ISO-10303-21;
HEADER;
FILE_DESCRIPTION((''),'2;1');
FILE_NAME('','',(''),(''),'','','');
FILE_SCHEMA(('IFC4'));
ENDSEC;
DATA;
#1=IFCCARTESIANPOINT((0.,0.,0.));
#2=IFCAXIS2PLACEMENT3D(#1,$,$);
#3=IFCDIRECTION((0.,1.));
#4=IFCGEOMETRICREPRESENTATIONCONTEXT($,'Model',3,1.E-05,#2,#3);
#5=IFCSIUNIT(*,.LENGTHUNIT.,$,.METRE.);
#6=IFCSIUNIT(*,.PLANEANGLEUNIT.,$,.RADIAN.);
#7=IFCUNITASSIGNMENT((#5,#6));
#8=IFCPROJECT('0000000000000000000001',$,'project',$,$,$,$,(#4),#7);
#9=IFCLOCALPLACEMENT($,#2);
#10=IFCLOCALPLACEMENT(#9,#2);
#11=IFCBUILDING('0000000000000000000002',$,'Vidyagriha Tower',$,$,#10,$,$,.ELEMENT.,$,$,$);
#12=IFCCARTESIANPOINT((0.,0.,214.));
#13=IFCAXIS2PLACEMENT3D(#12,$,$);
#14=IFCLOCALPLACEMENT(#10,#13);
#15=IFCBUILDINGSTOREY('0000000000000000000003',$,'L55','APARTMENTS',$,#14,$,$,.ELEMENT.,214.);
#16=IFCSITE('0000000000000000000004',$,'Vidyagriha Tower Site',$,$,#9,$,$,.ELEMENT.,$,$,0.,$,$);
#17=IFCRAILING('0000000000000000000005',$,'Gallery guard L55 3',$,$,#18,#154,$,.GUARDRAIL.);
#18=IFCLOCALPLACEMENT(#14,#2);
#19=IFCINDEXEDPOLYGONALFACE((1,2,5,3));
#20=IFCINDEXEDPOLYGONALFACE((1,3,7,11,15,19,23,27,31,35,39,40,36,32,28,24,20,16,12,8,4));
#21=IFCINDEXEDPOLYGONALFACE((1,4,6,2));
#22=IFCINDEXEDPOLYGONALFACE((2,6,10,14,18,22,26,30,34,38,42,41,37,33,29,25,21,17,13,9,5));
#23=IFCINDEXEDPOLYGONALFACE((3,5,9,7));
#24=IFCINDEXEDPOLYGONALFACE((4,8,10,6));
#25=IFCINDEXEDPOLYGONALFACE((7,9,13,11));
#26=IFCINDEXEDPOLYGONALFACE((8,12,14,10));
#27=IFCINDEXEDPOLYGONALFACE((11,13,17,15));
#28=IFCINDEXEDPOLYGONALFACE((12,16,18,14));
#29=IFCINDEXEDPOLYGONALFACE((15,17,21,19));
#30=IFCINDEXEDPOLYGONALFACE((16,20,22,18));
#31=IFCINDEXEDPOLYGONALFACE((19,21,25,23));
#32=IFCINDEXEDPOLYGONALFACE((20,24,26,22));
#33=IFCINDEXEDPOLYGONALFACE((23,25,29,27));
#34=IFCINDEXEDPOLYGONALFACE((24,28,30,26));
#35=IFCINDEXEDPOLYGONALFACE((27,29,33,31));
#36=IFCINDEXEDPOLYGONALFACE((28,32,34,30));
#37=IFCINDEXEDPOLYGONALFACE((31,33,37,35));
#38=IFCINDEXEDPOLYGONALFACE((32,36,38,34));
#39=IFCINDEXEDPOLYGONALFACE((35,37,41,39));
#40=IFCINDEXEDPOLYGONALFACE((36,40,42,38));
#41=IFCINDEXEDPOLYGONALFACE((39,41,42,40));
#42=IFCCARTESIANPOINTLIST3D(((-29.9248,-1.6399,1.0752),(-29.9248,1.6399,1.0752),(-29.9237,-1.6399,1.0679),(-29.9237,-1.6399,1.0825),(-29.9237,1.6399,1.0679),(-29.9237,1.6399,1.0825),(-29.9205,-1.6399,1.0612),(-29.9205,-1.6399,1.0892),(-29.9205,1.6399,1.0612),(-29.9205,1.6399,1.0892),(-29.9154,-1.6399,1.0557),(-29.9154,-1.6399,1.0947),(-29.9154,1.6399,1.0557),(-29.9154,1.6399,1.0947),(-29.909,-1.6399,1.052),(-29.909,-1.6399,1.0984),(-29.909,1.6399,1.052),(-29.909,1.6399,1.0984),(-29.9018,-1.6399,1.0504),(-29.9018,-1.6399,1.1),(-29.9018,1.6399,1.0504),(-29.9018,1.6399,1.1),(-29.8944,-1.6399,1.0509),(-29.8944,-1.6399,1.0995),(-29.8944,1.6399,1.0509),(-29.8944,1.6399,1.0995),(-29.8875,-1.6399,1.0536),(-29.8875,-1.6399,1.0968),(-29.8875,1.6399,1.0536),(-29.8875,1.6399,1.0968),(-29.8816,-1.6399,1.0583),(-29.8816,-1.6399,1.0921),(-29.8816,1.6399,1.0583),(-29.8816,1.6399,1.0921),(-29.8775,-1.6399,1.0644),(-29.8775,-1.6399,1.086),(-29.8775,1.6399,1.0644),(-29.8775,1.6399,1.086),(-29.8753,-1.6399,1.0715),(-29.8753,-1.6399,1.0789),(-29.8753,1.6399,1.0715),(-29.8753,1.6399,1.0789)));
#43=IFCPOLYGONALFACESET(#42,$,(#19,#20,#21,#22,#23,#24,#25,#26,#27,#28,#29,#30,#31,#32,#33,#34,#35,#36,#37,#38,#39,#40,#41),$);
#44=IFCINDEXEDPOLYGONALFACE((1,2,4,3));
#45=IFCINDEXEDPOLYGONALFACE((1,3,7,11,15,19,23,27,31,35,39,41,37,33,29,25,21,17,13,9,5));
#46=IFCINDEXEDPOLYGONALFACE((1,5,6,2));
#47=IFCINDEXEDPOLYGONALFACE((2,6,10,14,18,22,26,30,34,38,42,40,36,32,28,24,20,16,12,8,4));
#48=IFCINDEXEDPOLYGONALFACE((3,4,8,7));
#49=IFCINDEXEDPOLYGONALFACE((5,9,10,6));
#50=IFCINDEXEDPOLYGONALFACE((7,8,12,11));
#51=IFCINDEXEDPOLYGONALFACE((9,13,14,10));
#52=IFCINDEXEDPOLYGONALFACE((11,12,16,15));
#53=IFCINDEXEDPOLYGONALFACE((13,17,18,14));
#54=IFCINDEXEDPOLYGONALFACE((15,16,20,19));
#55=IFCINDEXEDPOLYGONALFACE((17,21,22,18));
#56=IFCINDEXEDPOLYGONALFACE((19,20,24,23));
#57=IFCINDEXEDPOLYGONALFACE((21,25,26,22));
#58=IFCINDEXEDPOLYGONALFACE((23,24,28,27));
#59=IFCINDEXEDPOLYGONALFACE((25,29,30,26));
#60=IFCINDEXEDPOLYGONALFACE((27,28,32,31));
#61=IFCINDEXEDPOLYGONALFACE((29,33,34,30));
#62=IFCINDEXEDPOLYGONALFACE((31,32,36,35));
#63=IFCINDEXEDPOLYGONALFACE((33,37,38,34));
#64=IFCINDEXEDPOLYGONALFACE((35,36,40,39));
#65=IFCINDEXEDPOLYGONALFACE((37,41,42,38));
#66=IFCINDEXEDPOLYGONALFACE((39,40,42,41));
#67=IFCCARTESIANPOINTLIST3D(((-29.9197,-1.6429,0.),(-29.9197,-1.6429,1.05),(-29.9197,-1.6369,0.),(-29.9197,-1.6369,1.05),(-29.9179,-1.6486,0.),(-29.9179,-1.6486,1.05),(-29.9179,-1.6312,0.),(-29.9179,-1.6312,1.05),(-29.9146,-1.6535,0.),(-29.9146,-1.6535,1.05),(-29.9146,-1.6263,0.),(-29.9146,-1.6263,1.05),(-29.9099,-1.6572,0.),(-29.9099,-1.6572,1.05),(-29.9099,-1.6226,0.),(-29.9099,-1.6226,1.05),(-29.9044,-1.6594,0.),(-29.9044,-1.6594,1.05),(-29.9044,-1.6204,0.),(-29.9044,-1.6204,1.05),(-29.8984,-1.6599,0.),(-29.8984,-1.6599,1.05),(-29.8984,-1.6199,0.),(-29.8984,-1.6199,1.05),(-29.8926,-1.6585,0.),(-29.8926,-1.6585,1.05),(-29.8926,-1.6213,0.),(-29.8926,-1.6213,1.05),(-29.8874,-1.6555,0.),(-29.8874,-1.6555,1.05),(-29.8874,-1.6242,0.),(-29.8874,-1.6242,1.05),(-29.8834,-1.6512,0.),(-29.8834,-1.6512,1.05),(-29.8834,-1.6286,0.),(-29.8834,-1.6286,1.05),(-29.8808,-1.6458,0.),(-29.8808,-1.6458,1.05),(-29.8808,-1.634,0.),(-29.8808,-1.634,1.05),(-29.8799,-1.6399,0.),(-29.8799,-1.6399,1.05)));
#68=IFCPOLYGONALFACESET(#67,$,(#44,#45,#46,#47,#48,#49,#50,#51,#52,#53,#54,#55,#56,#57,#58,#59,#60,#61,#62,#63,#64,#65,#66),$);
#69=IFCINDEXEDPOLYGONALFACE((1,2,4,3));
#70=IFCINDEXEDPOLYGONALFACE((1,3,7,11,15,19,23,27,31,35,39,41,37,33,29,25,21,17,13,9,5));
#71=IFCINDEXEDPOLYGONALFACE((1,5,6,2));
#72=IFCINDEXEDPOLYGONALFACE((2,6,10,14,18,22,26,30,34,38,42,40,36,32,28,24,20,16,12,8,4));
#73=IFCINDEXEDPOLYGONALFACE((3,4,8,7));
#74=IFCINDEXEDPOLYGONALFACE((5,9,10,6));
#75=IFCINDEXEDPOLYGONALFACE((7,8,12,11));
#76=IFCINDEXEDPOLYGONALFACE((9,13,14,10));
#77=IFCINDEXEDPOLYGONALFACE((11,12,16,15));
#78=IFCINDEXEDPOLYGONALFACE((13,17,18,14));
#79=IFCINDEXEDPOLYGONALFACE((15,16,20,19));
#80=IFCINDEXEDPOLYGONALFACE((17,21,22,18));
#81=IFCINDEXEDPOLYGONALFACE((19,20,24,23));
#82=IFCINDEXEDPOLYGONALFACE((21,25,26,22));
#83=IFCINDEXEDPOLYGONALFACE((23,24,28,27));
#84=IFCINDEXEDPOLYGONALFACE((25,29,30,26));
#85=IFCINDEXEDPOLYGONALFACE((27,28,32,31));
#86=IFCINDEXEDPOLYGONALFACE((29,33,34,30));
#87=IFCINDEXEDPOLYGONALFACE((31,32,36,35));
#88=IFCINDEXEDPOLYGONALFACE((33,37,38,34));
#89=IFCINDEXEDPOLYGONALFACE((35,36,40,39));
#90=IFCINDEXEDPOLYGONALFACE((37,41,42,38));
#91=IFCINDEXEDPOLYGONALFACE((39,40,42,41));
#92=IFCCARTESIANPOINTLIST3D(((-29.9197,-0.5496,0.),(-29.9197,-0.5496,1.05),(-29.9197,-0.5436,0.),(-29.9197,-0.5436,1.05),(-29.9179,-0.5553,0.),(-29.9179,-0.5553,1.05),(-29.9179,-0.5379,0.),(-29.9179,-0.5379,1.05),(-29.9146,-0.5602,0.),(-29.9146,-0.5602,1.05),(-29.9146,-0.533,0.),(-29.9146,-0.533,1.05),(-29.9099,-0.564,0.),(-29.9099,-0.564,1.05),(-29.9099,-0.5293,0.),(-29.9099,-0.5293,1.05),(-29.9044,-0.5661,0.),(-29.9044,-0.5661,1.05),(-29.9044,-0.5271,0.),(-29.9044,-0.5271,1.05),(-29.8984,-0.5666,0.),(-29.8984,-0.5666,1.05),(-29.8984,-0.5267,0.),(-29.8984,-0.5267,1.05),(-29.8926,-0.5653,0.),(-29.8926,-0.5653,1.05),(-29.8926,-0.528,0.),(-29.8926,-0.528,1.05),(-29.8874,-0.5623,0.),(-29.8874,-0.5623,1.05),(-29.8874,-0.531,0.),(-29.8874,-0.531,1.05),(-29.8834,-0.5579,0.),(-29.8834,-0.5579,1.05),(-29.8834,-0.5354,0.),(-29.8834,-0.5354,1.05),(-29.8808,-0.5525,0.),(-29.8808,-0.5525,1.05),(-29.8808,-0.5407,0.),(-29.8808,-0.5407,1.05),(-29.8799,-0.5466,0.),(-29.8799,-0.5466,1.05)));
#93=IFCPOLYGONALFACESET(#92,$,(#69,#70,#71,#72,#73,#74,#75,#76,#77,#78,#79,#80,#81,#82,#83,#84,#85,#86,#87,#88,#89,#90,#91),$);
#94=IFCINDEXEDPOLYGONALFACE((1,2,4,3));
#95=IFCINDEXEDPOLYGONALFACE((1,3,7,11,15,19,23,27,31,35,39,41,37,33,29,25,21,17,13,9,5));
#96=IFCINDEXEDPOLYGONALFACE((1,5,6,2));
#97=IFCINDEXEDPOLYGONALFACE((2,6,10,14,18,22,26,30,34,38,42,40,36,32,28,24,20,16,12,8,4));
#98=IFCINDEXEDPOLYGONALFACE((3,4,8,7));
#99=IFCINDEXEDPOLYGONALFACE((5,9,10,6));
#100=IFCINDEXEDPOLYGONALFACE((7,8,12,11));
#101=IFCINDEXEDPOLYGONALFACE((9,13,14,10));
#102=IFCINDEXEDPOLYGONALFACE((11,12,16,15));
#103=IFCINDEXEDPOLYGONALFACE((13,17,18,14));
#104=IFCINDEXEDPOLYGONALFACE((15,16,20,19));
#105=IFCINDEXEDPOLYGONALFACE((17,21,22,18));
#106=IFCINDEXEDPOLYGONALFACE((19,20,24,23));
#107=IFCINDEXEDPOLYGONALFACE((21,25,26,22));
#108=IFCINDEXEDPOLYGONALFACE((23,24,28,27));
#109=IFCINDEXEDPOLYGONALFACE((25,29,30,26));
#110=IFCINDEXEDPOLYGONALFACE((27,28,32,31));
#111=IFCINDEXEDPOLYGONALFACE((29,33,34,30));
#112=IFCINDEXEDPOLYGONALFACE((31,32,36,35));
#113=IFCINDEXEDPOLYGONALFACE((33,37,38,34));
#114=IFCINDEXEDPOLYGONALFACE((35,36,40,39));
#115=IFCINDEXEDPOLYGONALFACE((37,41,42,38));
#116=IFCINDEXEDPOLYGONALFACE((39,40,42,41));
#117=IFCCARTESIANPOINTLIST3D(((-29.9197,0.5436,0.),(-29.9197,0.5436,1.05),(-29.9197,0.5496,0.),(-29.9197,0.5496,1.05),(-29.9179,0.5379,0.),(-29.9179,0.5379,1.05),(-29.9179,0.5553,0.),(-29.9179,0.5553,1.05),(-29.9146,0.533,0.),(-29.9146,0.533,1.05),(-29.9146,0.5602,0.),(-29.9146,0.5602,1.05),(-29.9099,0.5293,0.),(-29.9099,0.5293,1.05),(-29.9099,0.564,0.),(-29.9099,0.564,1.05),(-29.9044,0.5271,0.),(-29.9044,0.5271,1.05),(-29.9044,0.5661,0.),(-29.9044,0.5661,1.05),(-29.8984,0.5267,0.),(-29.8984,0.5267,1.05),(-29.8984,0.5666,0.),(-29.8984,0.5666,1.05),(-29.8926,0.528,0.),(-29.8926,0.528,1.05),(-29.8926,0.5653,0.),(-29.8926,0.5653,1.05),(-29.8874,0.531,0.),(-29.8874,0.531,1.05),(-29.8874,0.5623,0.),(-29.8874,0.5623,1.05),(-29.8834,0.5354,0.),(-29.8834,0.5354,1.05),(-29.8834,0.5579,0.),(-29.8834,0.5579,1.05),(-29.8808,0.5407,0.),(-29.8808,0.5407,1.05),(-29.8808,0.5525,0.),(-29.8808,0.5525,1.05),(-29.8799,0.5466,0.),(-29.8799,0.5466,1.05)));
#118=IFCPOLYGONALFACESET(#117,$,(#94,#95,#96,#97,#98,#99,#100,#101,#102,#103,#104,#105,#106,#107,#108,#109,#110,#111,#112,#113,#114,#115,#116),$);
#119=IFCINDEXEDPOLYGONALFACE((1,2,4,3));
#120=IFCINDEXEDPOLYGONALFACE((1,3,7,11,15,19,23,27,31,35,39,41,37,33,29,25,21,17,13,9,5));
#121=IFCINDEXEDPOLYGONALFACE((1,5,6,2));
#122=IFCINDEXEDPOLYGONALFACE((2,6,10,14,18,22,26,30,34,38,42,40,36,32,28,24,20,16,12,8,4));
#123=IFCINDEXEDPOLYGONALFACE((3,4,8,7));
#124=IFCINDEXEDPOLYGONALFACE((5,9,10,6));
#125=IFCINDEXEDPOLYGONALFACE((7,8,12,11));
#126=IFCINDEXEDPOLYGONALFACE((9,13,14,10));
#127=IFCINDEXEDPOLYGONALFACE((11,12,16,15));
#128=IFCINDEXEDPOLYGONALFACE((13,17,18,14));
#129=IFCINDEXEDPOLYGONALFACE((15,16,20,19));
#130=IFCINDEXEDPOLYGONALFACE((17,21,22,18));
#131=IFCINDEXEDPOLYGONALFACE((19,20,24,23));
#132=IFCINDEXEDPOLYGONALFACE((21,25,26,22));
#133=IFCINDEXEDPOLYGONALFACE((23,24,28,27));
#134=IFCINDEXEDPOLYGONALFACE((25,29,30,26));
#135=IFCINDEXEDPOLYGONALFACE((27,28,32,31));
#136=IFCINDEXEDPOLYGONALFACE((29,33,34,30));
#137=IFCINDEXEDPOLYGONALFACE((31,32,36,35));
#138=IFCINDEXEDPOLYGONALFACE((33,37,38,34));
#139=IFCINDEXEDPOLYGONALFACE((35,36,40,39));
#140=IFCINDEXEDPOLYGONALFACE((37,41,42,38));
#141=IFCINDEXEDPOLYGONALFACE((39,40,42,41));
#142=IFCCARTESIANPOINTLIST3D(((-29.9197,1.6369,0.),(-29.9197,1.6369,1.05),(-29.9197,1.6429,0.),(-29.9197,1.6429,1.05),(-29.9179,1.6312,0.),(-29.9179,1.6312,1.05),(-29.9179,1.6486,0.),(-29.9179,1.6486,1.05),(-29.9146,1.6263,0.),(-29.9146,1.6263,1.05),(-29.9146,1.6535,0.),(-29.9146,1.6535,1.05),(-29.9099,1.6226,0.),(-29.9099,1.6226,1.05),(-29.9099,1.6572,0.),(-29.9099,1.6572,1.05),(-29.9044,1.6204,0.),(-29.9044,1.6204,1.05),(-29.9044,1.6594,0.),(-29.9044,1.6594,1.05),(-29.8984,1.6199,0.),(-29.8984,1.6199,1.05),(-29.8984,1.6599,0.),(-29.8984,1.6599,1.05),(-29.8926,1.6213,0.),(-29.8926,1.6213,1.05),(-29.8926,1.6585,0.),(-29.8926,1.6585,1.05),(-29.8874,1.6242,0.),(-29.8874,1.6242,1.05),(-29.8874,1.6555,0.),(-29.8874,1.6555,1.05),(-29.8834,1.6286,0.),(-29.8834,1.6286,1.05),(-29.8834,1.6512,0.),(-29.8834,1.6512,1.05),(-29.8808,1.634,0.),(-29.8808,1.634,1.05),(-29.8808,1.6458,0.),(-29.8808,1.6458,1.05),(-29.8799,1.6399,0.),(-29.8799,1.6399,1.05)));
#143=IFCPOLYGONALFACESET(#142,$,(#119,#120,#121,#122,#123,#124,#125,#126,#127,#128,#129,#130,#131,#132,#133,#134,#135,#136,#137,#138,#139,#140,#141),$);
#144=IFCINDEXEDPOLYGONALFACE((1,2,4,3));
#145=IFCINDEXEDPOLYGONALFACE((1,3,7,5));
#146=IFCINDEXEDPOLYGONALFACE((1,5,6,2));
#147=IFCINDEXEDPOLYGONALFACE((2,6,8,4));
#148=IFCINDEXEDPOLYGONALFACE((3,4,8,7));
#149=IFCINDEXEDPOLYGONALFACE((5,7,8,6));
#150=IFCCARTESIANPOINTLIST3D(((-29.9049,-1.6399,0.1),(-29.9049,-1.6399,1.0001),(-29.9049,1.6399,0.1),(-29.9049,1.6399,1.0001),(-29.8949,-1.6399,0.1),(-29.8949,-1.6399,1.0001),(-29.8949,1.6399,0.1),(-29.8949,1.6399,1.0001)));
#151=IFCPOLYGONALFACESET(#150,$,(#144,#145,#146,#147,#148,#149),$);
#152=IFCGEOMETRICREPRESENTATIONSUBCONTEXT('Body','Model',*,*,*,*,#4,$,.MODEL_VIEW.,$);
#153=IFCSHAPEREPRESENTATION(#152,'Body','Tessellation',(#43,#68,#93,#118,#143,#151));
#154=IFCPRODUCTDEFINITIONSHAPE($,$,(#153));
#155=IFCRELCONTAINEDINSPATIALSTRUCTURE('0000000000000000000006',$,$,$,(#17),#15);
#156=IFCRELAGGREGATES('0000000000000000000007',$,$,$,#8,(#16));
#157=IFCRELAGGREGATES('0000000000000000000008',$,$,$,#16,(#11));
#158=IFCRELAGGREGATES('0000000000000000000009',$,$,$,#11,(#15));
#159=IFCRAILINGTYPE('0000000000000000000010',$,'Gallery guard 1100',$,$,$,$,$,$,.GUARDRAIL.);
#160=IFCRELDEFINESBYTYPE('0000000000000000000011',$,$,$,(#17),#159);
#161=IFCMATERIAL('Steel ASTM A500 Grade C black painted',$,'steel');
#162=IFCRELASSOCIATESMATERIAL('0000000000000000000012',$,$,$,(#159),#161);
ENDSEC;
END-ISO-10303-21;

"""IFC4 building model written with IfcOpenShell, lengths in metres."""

from ifc_helpers import new_model, si_unit, direction, frame, origin, origin_2d, place, context, subcontext, project, spatial, rectangle, circle, extrude, material, type_object, element, save


model = new_model("IFC4")

# Units and contexts
model_context = context("Model", 3, precision=1e-05, world=origin(), true_north=direction((0.0, 1.0)))
body_context = subcontext(model_context, "Body", "Model", "MODEL_VIEW")
ifc_project = project(units=[si_unit("LENGTHUNIT", "METRE"), si_unit("PLANEANGLEUNIT", "RADIAN")], contexts=[model_context])

# Site, building, storey
site_placement = place(None, origin())
site = spatial("IfcSite", under=ifc_project, at=site_placement, Name="Vidyagriha Tower Site", CompositionType="ELEMENT", RefElevation=0.0)
building_placement = place(site_placement, origin())
building = spatial("IfcBuilding", under=site, at=building_placement, Name="Vidyagriha Tower", CompositionType="ELEMENT")
storey_placement = place(building_placement, frame((0.0, 0.0, 214.0)))
storey = spatial("IfcBuildingStorey", under=building, at=storey_placement, Name="L55", Description="APARTMENTS", CompositionType="ELEMENT", Elevation=214.0)

# Railing
ifc_material_1 = material(Name="Steel ASTM A500 Grade C black painted", Category="steel")
railing_type_1 = type_object("IfcRailingType", Name="Gallery guard 1100", PredefinedType="GUARDRAIL", material=ifc_material_1)
railing_1_placement = place(storey_placement, frame((-29.8999, -1.6399, 0.0)))
element("IfcRailing", 1, at=railing_1_placement, inside=storey, type_object=railing_type_1, Name="Gallery guard L55 3", PredefinedType="GUARDRAIL", context=body_context, shape_type="SweptSolid", body=[
    extrude(circle(Radius=0.0249, at=origin_2d()), frame((0.0, 0.0, 1.0752), z_axis=(0.0, 1.0, 0.0), x_axis=(-1.0, 0.0, 0.0)), (0.0, 0.0, 1.0), 3.2798),
    extrude(circle(Radius=0.02, at=origin_2d()), origin(), (0.0, 0.0, 1.0), 1.05),
    extrude(circle(Radius=0.02, at=origin_2d()), frame((0.0, 1.0933, 0.0)), (0.0, 0.0, 1.0), 1.05),
    extrude(circle(Radius=0.02, at=origin_2d()), frame((0.0, 2.1865, 0.0)), (0.0, 0.0, 1.0), 1.05),
    extrude(circle(Radius=0.02, at=origin_2d()), frame((0.0, 3.2798, 0.0)), (0.0, 0.0, 1.0), 1.05),
    extrude(rectangle(XDim=0.01, YDim=0.9001, at=origin_2d()), frame((0.0, 0.0, 0.55), z_axis=(0.0, 1.0, 0.0), x_axis=(-1.0, 0.0, 0.0)), (0.0, 0.0, 1.0), 3.2798),
])

save(model, "model.ifc")
